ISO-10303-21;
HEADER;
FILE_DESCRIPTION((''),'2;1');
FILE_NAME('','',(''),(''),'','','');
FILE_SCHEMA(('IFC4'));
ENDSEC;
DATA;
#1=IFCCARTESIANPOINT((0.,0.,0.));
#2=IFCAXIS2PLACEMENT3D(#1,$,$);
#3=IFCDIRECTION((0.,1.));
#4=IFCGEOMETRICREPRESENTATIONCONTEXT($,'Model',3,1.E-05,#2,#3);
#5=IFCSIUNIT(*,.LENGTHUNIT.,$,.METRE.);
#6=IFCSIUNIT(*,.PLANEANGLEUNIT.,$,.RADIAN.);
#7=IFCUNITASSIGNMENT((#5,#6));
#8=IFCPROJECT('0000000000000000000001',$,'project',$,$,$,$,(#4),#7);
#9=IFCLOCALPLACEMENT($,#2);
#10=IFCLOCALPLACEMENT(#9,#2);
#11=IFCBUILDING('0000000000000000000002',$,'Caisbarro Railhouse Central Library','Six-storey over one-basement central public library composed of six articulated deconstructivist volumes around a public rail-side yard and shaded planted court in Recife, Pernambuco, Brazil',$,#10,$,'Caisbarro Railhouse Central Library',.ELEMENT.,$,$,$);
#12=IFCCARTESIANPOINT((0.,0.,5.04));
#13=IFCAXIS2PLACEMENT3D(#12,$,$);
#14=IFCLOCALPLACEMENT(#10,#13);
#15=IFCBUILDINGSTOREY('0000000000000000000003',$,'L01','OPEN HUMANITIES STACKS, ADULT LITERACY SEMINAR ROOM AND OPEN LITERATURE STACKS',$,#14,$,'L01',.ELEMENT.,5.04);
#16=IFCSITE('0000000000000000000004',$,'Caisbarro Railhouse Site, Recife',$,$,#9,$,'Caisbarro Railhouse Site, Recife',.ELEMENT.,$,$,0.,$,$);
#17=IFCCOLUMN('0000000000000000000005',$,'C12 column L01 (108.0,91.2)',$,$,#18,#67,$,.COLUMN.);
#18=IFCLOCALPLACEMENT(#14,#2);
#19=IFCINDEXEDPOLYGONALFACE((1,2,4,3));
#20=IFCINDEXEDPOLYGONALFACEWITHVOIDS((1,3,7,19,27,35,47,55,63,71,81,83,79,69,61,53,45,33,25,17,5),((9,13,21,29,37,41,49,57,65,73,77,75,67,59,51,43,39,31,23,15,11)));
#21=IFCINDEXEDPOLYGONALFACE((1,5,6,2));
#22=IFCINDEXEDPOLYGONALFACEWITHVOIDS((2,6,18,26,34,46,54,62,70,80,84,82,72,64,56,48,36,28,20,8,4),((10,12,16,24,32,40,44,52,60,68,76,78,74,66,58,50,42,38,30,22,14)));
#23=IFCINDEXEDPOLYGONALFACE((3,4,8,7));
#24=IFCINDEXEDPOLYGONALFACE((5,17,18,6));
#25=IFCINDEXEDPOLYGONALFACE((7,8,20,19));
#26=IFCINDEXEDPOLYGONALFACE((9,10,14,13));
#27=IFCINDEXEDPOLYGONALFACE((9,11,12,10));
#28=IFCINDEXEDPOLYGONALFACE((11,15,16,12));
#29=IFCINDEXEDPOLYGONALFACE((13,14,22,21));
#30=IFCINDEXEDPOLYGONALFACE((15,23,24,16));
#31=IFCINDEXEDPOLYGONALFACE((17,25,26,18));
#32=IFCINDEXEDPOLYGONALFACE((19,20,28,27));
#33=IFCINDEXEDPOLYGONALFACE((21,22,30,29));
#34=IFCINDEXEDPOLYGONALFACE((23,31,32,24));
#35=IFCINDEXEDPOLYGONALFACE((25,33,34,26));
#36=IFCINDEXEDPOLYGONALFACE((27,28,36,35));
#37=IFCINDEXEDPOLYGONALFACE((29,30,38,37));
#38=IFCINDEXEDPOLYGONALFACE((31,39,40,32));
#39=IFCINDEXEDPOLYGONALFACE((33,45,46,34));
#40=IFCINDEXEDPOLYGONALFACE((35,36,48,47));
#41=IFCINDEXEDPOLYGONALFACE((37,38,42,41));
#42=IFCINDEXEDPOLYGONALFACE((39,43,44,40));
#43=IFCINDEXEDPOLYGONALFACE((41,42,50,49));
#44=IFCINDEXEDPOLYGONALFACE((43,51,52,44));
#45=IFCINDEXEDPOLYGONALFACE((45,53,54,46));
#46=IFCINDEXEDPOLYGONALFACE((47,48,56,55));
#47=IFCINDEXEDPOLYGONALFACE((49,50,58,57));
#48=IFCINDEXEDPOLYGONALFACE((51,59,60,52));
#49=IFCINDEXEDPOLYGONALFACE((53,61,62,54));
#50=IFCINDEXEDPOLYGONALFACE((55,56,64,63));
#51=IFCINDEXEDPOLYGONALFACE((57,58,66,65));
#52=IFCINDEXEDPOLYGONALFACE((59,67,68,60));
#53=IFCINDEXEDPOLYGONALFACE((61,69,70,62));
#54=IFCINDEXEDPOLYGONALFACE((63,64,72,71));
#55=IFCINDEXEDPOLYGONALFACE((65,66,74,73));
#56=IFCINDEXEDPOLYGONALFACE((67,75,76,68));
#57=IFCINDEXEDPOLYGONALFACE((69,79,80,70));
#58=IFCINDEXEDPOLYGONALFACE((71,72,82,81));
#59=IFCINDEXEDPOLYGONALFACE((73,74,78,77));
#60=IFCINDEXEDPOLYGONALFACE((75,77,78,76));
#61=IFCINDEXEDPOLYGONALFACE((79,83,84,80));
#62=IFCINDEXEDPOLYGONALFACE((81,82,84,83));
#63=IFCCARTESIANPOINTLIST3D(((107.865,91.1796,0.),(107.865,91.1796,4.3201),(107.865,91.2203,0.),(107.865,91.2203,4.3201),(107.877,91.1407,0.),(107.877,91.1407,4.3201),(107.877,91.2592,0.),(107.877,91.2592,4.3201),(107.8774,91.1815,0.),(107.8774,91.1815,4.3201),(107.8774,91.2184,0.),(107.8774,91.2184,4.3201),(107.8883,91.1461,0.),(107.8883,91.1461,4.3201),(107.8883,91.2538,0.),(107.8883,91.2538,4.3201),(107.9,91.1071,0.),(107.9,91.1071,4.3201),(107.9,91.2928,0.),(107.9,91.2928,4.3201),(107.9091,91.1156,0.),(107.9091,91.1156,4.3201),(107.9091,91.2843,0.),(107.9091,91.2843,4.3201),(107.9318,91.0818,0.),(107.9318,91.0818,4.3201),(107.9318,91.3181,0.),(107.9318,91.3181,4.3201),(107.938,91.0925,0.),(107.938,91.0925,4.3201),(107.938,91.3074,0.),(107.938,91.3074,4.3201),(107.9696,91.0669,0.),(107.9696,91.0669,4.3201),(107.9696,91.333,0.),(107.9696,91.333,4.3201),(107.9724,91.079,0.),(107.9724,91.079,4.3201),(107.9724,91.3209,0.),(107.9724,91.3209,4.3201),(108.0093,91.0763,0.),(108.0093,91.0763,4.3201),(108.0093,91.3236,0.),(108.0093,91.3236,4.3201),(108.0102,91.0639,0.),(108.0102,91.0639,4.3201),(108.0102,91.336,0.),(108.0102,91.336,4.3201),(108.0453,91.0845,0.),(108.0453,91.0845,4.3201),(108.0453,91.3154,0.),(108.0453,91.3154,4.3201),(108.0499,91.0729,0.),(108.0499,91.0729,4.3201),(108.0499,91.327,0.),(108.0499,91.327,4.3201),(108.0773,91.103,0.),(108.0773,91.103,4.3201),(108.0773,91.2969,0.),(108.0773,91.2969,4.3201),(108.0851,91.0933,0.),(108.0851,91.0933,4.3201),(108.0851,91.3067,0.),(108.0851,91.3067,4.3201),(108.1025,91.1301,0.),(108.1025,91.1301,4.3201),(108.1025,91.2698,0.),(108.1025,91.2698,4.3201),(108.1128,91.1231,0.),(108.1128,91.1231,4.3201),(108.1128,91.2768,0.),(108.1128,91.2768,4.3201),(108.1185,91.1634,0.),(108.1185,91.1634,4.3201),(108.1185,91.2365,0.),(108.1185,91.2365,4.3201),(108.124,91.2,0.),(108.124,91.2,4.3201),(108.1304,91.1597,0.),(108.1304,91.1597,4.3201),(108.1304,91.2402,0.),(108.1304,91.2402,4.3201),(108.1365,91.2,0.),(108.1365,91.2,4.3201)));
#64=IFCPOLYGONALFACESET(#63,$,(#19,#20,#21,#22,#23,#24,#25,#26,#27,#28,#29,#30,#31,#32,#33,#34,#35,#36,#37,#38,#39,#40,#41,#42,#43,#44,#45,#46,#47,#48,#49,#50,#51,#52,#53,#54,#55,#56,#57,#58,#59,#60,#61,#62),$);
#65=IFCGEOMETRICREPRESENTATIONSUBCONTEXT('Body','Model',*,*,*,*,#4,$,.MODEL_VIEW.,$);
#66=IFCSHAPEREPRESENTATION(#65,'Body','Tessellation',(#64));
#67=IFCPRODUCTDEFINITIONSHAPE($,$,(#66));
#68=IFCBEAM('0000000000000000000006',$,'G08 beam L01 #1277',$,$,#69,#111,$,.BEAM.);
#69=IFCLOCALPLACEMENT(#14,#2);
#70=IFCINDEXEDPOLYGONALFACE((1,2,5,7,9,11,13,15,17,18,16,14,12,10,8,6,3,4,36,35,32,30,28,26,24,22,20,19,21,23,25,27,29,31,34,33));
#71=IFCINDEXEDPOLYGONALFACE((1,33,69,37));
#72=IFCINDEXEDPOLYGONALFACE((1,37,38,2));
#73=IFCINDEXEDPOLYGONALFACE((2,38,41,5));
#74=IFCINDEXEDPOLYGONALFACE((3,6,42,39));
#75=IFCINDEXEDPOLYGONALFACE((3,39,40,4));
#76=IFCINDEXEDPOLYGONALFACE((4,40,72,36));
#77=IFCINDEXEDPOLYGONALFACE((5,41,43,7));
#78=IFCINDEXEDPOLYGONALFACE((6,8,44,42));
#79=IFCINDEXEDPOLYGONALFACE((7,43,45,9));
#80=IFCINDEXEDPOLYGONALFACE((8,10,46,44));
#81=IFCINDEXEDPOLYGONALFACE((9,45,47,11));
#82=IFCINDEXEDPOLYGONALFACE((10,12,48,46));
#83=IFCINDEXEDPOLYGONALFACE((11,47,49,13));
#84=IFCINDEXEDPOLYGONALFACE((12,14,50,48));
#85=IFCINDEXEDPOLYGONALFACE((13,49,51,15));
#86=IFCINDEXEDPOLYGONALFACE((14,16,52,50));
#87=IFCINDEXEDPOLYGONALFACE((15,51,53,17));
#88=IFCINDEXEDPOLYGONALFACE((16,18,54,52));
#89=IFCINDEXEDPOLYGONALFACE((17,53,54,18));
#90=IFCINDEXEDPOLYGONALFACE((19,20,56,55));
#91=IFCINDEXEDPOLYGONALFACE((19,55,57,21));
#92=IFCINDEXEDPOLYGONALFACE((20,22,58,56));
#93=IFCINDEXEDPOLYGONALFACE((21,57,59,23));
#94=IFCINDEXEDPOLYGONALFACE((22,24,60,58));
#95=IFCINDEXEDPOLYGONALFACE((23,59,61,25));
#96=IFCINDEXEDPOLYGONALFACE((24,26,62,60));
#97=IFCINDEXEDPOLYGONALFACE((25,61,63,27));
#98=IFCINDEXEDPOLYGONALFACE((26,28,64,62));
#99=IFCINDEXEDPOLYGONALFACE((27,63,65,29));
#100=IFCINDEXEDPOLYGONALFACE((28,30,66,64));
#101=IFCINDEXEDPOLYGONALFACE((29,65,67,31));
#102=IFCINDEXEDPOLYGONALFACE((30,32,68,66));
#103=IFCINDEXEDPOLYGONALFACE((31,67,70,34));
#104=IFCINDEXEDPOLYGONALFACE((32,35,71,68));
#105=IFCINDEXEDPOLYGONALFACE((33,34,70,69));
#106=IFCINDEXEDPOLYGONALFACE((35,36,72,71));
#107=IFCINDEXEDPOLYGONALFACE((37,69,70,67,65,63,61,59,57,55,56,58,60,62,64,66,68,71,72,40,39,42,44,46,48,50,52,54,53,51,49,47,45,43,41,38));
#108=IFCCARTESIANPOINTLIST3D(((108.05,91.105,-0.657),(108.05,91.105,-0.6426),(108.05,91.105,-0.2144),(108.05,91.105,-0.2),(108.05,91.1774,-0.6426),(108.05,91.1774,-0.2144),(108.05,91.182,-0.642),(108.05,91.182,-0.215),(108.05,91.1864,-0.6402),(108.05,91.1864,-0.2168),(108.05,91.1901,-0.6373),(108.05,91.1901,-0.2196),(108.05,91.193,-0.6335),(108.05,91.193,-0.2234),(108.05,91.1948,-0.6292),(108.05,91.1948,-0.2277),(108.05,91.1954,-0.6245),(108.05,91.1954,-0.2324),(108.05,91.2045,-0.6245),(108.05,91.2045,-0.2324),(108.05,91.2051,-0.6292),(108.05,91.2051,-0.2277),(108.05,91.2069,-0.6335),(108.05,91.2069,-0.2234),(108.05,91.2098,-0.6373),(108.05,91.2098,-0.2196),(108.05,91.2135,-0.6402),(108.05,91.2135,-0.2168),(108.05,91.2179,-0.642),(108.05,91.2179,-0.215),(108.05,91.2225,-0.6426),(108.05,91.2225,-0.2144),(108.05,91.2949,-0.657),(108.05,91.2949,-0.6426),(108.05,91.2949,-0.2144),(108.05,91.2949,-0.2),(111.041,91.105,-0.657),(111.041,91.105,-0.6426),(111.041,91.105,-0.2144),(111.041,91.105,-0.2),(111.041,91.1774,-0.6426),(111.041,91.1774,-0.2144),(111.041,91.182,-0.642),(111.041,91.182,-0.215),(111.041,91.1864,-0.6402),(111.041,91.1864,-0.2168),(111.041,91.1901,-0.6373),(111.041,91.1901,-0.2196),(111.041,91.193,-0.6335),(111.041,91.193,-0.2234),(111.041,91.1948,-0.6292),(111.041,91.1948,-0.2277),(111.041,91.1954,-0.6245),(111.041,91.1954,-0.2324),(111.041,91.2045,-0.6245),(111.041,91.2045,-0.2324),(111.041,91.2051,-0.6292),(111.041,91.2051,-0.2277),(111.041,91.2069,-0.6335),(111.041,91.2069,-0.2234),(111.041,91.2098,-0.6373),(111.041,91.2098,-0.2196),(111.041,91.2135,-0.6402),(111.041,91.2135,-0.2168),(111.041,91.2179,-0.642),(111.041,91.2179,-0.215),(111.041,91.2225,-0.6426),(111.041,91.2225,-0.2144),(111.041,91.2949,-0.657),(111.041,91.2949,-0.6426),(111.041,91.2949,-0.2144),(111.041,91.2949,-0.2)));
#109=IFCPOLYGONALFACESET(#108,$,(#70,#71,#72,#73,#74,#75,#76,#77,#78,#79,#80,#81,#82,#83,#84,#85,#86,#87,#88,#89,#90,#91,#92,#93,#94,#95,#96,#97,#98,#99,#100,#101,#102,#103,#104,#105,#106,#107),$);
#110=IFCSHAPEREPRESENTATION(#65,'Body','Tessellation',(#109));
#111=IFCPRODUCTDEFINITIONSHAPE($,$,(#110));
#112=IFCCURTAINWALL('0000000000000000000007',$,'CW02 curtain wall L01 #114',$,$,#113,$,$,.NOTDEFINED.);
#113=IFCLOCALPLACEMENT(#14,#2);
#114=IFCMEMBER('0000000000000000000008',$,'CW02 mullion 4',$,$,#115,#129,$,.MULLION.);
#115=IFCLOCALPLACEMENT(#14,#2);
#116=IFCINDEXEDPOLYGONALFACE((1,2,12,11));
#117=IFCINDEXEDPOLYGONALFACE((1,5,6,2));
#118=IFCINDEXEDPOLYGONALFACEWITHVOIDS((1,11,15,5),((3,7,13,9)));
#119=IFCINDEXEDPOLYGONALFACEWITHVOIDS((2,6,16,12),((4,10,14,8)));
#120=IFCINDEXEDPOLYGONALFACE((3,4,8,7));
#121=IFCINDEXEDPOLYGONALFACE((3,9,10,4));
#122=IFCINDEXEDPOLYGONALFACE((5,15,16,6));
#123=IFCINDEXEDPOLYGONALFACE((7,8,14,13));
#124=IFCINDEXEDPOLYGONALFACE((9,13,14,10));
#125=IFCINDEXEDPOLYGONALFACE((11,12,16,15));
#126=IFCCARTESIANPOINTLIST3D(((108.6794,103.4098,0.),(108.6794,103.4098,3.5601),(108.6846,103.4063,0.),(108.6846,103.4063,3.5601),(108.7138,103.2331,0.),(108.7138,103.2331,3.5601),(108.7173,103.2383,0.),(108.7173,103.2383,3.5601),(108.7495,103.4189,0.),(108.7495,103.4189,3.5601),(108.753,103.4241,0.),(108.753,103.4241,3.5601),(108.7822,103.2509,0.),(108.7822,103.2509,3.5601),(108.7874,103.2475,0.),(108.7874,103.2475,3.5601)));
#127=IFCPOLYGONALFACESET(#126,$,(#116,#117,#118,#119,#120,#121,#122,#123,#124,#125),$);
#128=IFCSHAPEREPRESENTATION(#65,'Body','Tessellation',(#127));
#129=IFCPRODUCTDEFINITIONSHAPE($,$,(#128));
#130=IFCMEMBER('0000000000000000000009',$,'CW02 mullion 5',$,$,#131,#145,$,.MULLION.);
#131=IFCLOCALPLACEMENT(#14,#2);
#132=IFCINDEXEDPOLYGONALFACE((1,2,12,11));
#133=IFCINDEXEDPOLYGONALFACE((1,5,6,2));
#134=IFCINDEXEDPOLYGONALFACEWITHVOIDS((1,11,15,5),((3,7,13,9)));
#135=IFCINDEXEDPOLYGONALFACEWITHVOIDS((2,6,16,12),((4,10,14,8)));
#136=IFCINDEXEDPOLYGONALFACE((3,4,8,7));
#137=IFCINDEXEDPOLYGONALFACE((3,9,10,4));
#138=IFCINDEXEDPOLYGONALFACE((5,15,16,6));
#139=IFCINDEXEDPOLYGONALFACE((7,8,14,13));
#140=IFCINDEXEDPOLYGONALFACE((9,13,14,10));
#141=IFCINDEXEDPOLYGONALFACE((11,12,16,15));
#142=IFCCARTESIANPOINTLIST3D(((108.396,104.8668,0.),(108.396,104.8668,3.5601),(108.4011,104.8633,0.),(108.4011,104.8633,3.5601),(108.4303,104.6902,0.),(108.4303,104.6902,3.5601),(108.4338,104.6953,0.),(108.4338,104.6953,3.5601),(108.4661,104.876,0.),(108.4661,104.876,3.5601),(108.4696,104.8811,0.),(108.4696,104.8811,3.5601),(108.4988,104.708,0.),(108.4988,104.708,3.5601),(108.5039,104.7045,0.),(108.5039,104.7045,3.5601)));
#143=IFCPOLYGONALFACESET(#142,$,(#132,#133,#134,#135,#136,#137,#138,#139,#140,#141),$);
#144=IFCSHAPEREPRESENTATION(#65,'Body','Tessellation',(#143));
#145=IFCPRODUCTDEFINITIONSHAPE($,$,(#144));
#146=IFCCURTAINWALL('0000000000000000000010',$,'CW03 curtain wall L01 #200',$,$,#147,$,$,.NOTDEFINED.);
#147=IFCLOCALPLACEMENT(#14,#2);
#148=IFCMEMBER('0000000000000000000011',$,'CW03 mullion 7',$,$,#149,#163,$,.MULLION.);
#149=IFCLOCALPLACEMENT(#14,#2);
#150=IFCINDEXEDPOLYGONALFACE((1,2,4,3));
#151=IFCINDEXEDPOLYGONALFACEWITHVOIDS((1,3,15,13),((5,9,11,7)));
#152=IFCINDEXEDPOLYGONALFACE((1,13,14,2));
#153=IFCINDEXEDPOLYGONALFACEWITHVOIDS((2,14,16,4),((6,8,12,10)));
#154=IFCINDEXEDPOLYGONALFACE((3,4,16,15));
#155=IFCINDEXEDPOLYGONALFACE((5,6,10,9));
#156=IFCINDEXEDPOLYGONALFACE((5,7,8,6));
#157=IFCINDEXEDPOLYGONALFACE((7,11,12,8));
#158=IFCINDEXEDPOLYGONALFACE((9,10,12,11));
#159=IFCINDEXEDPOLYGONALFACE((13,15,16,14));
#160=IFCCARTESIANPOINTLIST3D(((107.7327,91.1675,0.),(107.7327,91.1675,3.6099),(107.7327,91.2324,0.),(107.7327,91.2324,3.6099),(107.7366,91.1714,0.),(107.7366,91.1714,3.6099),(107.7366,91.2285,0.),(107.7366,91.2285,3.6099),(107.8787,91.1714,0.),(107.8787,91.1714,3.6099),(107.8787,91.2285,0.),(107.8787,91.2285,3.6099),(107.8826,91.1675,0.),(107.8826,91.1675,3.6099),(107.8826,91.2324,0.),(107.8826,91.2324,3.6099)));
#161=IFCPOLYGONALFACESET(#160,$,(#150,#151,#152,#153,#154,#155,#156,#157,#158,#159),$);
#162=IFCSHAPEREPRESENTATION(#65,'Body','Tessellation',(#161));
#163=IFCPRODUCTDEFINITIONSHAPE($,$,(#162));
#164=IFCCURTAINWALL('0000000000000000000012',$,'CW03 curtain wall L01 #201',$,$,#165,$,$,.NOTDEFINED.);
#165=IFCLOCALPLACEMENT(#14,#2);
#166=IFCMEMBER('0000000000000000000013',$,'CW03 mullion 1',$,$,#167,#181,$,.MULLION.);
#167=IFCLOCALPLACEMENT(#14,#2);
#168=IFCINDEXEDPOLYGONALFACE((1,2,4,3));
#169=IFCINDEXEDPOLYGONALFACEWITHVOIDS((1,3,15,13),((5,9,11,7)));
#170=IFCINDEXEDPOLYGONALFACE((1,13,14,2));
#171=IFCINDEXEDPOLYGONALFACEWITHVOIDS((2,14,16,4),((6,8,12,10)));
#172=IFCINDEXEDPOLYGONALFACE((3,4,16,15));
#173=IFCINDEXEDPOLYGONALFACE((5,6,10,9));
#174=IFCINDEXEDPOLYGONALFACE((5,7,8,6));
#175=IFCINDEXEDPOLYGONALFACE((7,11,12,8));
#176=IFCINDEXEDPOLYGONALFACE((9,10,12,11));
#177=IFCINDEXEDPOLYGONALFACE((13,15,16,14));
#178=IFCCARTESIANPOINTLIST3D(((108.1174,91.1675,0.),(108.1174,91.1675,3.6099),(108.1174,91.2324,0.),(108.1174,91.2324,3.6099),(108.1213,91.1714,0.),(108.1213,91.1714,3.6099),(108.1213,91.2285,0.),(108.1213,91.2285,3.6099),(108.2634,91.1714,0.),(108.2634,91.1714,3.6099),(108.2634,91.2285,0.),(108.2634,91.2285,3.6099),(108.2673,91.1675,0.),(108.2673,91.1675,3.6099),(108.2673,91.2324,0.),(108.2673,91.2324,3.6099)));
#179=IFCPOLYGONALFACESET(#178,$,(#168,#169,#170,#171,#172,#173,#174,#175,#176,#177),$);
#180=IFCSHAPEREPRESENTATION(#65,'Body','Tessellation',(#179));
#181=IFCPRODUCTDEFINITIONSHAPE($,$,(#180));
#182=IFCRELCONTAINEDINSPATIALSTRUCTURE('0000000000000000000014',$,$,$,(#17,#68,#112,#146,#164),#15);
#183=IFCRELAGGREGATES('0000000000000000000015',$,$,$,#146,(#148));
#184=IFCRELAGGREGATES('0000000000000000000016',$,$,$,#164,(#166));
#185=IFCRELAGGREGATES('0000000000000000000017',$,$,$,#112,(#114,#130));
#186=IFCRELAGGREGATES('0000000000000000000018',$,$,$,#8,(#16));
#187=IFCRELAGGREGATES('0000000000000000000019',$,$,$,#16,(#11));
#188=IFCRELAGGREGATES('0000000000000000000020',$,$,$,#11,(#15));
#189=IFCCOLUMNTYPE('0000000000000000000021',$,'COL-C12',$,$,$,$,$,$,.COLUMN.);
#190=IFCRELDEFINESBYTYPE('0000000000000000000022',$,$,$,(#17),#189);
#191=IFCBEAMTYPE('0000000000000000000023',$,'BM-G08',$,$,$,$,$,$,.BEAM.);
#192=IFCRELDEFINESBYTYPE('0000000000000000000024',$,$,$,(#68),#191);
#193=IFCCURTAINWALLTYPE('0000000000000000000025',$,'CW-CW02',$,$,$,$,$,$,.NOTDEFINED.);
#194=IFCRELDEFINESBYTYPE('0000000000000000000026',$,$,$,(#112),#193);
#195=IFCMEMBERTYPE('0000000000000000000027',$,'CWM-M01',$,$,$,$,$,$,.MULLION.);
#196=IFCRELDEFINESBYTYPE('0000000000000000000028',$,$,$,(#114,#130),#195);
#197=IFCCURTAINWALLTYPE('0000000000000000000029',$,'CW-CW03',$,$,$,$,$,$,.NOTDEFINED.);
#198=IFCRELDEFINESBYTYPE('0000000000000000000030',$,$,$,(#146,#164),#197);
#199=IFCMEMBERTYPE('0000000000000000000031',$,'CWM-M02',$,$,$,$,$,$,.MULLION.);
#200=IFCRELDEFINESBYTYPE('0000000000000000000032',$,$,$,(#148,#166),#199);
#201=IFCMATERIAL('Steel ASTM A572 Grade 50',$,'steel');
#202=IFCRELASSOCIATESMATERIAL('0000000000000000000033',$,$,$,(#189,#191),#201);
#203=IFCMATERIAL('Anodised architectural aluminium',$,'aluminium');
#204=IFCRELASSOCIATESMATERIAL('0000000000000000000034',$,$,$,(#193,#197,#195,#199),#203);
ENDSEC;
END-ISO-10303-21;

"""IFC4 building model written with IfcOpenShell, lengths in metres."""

from ifc_helpers import new_model, si_unit, direction, frame, origin, origin_2d, place, context, subcontext, project, spatial, hollow_rectangle, hollow_circle, i_section, extrude, material, material_profile, profile_set, type_object, element, aggregate, save


model = new_model("IFC4")

# Units and contexts
model_context = context("Model", 3, precision=1e-05, world=origin(), true_north=direction((0.0, 1.0)))
body_context = subcontext(model_context, "Body", "Model", "MODEL_VIEW")
ifc_project = project(units=[si_unit("LENGTHUNIT", "METRE"), si_unit("PLANEANGLEUNIT", "RADIAN")], contexts=[model_context])

# Site, building, storey
site_placement = place(None, origin())
site = spatial("IfcSite", under=ifc_project, at=site_placement, Name="Caisbarro Railhouse Site, Recife", LongName="Caisbarro Railhouse Site, Recife", CompositionType="ELEMENT", RefElevation=0.0)
building_placement = place(site_placement, origin())
building = spatial("IfcBuilding", under=site, at=building_placement, Name="Caisbarro Railhouse Central Library", Description="Six-storey over one-basement central public library composed of six articulated deconstructivist volumes around a public rail-side yard and shaded planted court in Recife, Pernambuco, Brazil", LongName="Caisbarro Railhouse Central Library", CompositionType="ELEMENT")
storey_placement = place(building_placement, frame((0.0, 0.0, 5.04)))
storey = spatial("IfcBuildingStorey", under=building, at=storey_placement, Name="L01", Description="OPEN HUMANITIES STACKS, ADULT LITERACY SEMINAR ROOM AND OPEN LITERATURE STACKS", LongName="L01", CompositionType="ELEMENT", Elevation=5.04)

# Column
ifc_material_1 = material(Name="Steel ASTM A572 Grade 50", Category="steel")
ifc_material_profile_1 = material_profile(ifc_material_1, hollow_circle(Radius=0.1365, WallThickness=0.0125, at=origin_2d()), Name="CHS273.0X12.5")
ifc_profile_set_1 = profile_set([ifc_material_profile_1], Name="Steel ASTM A572 Grade 50")
column_type = type_object("IfcColumnType", Name="COL-C12", PredefinedType="COLUMN", material=ifc_profile_set_1)
column_placement = place(storey_placement, frame((108.0, 91.2, 0.0), z_axis=(0.0, 0.0, 1.0), x_axis=(1.0, 0.0, 0.0)))
element("IfcColumn", 1, at=column_placement, inside=storey, type_object=column_type, Name="C12 column L01 (108.0,91.2)", PredefinedType="COLUMN", context=body_context, shape_type="SweptSolid", body=[
    extrude(hollow_circle(Radius=0.1365, WallThickness=0.0125, at=origin_2d()), origin(), (0.0, 0.0, 1.0), 4.3201),
])

# Beam
ifc_material_profile_2 = material_profile(ifc_material_1, i_section(OverallWidth=0.1899, OverallDepth=0.457, WebThickness=0.009, FlangeThickness=0.0144, FilletRadius=0.0181, at=origin_2d()), Name="W460X74.0")
ifc_profile_set_2 = profile_set([ifc_material_profile_2], Name="Steel ASTM A572 Grade 50")
beam_type = type_object("IfcBeamType", Name="BM-G08", PredefinedType="BEAM", material=ifc_profile_set_2)
beam_placement = place(storey_placement, frame((108.05, 91.2, -0.4285), z_axis=(1.0, 0.0, 0.0), x_axis=(0.0, 1.0, 0.0)))
element("IfcBeam", 2, at=beam_placement, inside=storey, type_object=beam_type, Name="G08 beam L01 #1277", PredefinedType="BEAM", context=body_context, shape_type="SweptSolid", body=[
    extrude(i_section(OverallWidth=0.1899, OverallDepth=0.457, WebThickness=0.009, FlangeThickness=0.0144, FilletRadius=0.0181, at=origin_2d()), origin(), (0.0, 0.0, 1.0), 2.991),
])

# Curtain wall, members
ifc_material_2 = material(Name="Anodised architectural aluminium", Category="aluminium")
curtain_wall_type_1 = type_object("IfcCurtainWallType", Name="CW-CW02", PredefinedType="NOTDEFINED", material=ifc_material_2)
curtain_wall_1_placement = place(storey_placement, origin())
curtain_wall_1 = element("IfcCurtainWall", 3, at=curtain_wall_1_placement, inside=storey, type_object=curtain_wall_type_1, Name="CW02 curtain wall L01 #114", PredefinedType="NOTDEFINED")
ifc_material_profile_3 = material_profile(ifc_material_2, hollow_rectangle(XDim=0.075, YDim=0.1799, WallThickness=0.0044, at=origin_2d()), Name="ALU-MUL-75X180")
ifc_profile_set_3 = profile_set([ifc_material_profile_3], Name="Anodised architectural aluminium")
member_type_1 = type_object("IfcMemberType", Name="CWM-M01", PredefinedType="MULLION", material=ifc_profile_set_3)
member_1_placement = place(storey_placement, frame((108.7334, 103.3286, 0.0), z_axis=(0.0, 0.0, 1.0), x_axis=(-0.981607, -0.190911, 0.0)))
member_1 = element("IfcMember", 4, at=member_1_placement, type_object=member_type_1, Name="CW02 mullion 4", PredefinedType="MULLION", context=body_context, shape_type="SweptSolid", body=[
    extrude(hollow_rectangle(XDim=0.075, YDim=0.1799, WallThickness=0.0044, at=origin_2d()), origin(), (0.0, 0.0, 1.0), 3.5601),
])
member_2_placement = place(storey_placement, frame((108.45, 104.7856, 0.0), z_axis=(0.0, 0.0, 1.0), x_axis=(-0.981607, -0.190911, 0.0)))
member_2 = element("IfcMember", 5, at=member_2_placement, type_object=member_type_1, Name="CW02 mullion 5", PredefinedType="MULLION", context=body_context, shape_type="SweptSolid", body=[
    extrude(hollow_rectangle(XDim=0.075, YDim=0.1799, WallThickness=0.0044, at=origin_2d()), origin(), (0.0, 0.0, 1.0), 3.5601),
])

# Curtain walls, members
curtain_wall_type_2 = type_object("IfcCurtainWallType", Name="CW-CW03", PredefinedType="NOTDEFINED", material=ifc_material_2)
curtain_wall_2_placement = place(storey_placement, origin())
curtain_wall_2 = element("IfcCurtainWall", 6, at=curtain_wall_2_placement, inside=storey, type_object=curtain_wall_type_2, Name="CW03 curtain wall L01 #200", PredefinedType="NOTDEFINED")
ifc_material_profile_4 = material_profile(ifc_material_2, hollow_rectangle(XDim=0.0649, YDim=0.1499, WallThickness=0.0039, at=origin_2d()), Name="ALU-MUL-65X150")
ifc_profile_set_4 = profile_set([ifc_material_profile_4], Name="Anodised architectural aluminium")
member_type_2 = type_object("IfcMemberType", Name="CWM-M02", PredefinedType="MULLION", material=ifc_profile_set_4)
member_3_placement = place(storey_placement, frame((107.8076, 91.2, 0.0), z_axis=(0.0, 0.0, 1.0), x_axis=(0.0, 1.0, 0.0)))
member_3 = element("IfcMember", 7, at=member_3_placement, type_object=member_type_2, Name="CW03 mullion 7", PredefinedType="MULLION", context=body_context, shape_type="SweptSolid", body=[
    extrude(hollow_rectangle(XDim=0.0649, YDim=0.1499, WallThickness=0.0039, at=origin_2d()), origin(), (0.0, 0.0, 1.0), 3.6099),
])
curtain_wall_3_placement = place(storey_placement, origin())
curtain_wall_3 = element("IfcCurtainWall", 8, at=curtain_wall_3_placement, inside=storey, type_object=curtain_wall_type_2, Name="CW03 curtain wall L01 #201", PredefinedType="NOTDEFINED")
member_4_placement = place(storey_placement, frame((108.1924, 91.2, 0.0), z_axis=(0.0, 0.0, 1.0), x_axis=(0.0, 1.0, 0.0)))
member_4 = element("IfcMember", 9, at=member_4_placement, type_object=member_type_2, Name="CW03 mullion 1", PredefinedType="MULLION", context=body_context, shape_type="SweptSolid", body=[
    extrude(hollow_rectangle(XDim=0.0649, YDim=0.1499, WallThickness=0.0039, at=origin_2d()), origin(), (0.0, 0.0, 1.0), 3.6099),
])

aggregate(curtain_wall_2, [member_3])
aggregate(curtain_wall_3, [member_4])
aggregate(curtain_wall_1, [member_1, member_2])

save(model, "model.ifc")
